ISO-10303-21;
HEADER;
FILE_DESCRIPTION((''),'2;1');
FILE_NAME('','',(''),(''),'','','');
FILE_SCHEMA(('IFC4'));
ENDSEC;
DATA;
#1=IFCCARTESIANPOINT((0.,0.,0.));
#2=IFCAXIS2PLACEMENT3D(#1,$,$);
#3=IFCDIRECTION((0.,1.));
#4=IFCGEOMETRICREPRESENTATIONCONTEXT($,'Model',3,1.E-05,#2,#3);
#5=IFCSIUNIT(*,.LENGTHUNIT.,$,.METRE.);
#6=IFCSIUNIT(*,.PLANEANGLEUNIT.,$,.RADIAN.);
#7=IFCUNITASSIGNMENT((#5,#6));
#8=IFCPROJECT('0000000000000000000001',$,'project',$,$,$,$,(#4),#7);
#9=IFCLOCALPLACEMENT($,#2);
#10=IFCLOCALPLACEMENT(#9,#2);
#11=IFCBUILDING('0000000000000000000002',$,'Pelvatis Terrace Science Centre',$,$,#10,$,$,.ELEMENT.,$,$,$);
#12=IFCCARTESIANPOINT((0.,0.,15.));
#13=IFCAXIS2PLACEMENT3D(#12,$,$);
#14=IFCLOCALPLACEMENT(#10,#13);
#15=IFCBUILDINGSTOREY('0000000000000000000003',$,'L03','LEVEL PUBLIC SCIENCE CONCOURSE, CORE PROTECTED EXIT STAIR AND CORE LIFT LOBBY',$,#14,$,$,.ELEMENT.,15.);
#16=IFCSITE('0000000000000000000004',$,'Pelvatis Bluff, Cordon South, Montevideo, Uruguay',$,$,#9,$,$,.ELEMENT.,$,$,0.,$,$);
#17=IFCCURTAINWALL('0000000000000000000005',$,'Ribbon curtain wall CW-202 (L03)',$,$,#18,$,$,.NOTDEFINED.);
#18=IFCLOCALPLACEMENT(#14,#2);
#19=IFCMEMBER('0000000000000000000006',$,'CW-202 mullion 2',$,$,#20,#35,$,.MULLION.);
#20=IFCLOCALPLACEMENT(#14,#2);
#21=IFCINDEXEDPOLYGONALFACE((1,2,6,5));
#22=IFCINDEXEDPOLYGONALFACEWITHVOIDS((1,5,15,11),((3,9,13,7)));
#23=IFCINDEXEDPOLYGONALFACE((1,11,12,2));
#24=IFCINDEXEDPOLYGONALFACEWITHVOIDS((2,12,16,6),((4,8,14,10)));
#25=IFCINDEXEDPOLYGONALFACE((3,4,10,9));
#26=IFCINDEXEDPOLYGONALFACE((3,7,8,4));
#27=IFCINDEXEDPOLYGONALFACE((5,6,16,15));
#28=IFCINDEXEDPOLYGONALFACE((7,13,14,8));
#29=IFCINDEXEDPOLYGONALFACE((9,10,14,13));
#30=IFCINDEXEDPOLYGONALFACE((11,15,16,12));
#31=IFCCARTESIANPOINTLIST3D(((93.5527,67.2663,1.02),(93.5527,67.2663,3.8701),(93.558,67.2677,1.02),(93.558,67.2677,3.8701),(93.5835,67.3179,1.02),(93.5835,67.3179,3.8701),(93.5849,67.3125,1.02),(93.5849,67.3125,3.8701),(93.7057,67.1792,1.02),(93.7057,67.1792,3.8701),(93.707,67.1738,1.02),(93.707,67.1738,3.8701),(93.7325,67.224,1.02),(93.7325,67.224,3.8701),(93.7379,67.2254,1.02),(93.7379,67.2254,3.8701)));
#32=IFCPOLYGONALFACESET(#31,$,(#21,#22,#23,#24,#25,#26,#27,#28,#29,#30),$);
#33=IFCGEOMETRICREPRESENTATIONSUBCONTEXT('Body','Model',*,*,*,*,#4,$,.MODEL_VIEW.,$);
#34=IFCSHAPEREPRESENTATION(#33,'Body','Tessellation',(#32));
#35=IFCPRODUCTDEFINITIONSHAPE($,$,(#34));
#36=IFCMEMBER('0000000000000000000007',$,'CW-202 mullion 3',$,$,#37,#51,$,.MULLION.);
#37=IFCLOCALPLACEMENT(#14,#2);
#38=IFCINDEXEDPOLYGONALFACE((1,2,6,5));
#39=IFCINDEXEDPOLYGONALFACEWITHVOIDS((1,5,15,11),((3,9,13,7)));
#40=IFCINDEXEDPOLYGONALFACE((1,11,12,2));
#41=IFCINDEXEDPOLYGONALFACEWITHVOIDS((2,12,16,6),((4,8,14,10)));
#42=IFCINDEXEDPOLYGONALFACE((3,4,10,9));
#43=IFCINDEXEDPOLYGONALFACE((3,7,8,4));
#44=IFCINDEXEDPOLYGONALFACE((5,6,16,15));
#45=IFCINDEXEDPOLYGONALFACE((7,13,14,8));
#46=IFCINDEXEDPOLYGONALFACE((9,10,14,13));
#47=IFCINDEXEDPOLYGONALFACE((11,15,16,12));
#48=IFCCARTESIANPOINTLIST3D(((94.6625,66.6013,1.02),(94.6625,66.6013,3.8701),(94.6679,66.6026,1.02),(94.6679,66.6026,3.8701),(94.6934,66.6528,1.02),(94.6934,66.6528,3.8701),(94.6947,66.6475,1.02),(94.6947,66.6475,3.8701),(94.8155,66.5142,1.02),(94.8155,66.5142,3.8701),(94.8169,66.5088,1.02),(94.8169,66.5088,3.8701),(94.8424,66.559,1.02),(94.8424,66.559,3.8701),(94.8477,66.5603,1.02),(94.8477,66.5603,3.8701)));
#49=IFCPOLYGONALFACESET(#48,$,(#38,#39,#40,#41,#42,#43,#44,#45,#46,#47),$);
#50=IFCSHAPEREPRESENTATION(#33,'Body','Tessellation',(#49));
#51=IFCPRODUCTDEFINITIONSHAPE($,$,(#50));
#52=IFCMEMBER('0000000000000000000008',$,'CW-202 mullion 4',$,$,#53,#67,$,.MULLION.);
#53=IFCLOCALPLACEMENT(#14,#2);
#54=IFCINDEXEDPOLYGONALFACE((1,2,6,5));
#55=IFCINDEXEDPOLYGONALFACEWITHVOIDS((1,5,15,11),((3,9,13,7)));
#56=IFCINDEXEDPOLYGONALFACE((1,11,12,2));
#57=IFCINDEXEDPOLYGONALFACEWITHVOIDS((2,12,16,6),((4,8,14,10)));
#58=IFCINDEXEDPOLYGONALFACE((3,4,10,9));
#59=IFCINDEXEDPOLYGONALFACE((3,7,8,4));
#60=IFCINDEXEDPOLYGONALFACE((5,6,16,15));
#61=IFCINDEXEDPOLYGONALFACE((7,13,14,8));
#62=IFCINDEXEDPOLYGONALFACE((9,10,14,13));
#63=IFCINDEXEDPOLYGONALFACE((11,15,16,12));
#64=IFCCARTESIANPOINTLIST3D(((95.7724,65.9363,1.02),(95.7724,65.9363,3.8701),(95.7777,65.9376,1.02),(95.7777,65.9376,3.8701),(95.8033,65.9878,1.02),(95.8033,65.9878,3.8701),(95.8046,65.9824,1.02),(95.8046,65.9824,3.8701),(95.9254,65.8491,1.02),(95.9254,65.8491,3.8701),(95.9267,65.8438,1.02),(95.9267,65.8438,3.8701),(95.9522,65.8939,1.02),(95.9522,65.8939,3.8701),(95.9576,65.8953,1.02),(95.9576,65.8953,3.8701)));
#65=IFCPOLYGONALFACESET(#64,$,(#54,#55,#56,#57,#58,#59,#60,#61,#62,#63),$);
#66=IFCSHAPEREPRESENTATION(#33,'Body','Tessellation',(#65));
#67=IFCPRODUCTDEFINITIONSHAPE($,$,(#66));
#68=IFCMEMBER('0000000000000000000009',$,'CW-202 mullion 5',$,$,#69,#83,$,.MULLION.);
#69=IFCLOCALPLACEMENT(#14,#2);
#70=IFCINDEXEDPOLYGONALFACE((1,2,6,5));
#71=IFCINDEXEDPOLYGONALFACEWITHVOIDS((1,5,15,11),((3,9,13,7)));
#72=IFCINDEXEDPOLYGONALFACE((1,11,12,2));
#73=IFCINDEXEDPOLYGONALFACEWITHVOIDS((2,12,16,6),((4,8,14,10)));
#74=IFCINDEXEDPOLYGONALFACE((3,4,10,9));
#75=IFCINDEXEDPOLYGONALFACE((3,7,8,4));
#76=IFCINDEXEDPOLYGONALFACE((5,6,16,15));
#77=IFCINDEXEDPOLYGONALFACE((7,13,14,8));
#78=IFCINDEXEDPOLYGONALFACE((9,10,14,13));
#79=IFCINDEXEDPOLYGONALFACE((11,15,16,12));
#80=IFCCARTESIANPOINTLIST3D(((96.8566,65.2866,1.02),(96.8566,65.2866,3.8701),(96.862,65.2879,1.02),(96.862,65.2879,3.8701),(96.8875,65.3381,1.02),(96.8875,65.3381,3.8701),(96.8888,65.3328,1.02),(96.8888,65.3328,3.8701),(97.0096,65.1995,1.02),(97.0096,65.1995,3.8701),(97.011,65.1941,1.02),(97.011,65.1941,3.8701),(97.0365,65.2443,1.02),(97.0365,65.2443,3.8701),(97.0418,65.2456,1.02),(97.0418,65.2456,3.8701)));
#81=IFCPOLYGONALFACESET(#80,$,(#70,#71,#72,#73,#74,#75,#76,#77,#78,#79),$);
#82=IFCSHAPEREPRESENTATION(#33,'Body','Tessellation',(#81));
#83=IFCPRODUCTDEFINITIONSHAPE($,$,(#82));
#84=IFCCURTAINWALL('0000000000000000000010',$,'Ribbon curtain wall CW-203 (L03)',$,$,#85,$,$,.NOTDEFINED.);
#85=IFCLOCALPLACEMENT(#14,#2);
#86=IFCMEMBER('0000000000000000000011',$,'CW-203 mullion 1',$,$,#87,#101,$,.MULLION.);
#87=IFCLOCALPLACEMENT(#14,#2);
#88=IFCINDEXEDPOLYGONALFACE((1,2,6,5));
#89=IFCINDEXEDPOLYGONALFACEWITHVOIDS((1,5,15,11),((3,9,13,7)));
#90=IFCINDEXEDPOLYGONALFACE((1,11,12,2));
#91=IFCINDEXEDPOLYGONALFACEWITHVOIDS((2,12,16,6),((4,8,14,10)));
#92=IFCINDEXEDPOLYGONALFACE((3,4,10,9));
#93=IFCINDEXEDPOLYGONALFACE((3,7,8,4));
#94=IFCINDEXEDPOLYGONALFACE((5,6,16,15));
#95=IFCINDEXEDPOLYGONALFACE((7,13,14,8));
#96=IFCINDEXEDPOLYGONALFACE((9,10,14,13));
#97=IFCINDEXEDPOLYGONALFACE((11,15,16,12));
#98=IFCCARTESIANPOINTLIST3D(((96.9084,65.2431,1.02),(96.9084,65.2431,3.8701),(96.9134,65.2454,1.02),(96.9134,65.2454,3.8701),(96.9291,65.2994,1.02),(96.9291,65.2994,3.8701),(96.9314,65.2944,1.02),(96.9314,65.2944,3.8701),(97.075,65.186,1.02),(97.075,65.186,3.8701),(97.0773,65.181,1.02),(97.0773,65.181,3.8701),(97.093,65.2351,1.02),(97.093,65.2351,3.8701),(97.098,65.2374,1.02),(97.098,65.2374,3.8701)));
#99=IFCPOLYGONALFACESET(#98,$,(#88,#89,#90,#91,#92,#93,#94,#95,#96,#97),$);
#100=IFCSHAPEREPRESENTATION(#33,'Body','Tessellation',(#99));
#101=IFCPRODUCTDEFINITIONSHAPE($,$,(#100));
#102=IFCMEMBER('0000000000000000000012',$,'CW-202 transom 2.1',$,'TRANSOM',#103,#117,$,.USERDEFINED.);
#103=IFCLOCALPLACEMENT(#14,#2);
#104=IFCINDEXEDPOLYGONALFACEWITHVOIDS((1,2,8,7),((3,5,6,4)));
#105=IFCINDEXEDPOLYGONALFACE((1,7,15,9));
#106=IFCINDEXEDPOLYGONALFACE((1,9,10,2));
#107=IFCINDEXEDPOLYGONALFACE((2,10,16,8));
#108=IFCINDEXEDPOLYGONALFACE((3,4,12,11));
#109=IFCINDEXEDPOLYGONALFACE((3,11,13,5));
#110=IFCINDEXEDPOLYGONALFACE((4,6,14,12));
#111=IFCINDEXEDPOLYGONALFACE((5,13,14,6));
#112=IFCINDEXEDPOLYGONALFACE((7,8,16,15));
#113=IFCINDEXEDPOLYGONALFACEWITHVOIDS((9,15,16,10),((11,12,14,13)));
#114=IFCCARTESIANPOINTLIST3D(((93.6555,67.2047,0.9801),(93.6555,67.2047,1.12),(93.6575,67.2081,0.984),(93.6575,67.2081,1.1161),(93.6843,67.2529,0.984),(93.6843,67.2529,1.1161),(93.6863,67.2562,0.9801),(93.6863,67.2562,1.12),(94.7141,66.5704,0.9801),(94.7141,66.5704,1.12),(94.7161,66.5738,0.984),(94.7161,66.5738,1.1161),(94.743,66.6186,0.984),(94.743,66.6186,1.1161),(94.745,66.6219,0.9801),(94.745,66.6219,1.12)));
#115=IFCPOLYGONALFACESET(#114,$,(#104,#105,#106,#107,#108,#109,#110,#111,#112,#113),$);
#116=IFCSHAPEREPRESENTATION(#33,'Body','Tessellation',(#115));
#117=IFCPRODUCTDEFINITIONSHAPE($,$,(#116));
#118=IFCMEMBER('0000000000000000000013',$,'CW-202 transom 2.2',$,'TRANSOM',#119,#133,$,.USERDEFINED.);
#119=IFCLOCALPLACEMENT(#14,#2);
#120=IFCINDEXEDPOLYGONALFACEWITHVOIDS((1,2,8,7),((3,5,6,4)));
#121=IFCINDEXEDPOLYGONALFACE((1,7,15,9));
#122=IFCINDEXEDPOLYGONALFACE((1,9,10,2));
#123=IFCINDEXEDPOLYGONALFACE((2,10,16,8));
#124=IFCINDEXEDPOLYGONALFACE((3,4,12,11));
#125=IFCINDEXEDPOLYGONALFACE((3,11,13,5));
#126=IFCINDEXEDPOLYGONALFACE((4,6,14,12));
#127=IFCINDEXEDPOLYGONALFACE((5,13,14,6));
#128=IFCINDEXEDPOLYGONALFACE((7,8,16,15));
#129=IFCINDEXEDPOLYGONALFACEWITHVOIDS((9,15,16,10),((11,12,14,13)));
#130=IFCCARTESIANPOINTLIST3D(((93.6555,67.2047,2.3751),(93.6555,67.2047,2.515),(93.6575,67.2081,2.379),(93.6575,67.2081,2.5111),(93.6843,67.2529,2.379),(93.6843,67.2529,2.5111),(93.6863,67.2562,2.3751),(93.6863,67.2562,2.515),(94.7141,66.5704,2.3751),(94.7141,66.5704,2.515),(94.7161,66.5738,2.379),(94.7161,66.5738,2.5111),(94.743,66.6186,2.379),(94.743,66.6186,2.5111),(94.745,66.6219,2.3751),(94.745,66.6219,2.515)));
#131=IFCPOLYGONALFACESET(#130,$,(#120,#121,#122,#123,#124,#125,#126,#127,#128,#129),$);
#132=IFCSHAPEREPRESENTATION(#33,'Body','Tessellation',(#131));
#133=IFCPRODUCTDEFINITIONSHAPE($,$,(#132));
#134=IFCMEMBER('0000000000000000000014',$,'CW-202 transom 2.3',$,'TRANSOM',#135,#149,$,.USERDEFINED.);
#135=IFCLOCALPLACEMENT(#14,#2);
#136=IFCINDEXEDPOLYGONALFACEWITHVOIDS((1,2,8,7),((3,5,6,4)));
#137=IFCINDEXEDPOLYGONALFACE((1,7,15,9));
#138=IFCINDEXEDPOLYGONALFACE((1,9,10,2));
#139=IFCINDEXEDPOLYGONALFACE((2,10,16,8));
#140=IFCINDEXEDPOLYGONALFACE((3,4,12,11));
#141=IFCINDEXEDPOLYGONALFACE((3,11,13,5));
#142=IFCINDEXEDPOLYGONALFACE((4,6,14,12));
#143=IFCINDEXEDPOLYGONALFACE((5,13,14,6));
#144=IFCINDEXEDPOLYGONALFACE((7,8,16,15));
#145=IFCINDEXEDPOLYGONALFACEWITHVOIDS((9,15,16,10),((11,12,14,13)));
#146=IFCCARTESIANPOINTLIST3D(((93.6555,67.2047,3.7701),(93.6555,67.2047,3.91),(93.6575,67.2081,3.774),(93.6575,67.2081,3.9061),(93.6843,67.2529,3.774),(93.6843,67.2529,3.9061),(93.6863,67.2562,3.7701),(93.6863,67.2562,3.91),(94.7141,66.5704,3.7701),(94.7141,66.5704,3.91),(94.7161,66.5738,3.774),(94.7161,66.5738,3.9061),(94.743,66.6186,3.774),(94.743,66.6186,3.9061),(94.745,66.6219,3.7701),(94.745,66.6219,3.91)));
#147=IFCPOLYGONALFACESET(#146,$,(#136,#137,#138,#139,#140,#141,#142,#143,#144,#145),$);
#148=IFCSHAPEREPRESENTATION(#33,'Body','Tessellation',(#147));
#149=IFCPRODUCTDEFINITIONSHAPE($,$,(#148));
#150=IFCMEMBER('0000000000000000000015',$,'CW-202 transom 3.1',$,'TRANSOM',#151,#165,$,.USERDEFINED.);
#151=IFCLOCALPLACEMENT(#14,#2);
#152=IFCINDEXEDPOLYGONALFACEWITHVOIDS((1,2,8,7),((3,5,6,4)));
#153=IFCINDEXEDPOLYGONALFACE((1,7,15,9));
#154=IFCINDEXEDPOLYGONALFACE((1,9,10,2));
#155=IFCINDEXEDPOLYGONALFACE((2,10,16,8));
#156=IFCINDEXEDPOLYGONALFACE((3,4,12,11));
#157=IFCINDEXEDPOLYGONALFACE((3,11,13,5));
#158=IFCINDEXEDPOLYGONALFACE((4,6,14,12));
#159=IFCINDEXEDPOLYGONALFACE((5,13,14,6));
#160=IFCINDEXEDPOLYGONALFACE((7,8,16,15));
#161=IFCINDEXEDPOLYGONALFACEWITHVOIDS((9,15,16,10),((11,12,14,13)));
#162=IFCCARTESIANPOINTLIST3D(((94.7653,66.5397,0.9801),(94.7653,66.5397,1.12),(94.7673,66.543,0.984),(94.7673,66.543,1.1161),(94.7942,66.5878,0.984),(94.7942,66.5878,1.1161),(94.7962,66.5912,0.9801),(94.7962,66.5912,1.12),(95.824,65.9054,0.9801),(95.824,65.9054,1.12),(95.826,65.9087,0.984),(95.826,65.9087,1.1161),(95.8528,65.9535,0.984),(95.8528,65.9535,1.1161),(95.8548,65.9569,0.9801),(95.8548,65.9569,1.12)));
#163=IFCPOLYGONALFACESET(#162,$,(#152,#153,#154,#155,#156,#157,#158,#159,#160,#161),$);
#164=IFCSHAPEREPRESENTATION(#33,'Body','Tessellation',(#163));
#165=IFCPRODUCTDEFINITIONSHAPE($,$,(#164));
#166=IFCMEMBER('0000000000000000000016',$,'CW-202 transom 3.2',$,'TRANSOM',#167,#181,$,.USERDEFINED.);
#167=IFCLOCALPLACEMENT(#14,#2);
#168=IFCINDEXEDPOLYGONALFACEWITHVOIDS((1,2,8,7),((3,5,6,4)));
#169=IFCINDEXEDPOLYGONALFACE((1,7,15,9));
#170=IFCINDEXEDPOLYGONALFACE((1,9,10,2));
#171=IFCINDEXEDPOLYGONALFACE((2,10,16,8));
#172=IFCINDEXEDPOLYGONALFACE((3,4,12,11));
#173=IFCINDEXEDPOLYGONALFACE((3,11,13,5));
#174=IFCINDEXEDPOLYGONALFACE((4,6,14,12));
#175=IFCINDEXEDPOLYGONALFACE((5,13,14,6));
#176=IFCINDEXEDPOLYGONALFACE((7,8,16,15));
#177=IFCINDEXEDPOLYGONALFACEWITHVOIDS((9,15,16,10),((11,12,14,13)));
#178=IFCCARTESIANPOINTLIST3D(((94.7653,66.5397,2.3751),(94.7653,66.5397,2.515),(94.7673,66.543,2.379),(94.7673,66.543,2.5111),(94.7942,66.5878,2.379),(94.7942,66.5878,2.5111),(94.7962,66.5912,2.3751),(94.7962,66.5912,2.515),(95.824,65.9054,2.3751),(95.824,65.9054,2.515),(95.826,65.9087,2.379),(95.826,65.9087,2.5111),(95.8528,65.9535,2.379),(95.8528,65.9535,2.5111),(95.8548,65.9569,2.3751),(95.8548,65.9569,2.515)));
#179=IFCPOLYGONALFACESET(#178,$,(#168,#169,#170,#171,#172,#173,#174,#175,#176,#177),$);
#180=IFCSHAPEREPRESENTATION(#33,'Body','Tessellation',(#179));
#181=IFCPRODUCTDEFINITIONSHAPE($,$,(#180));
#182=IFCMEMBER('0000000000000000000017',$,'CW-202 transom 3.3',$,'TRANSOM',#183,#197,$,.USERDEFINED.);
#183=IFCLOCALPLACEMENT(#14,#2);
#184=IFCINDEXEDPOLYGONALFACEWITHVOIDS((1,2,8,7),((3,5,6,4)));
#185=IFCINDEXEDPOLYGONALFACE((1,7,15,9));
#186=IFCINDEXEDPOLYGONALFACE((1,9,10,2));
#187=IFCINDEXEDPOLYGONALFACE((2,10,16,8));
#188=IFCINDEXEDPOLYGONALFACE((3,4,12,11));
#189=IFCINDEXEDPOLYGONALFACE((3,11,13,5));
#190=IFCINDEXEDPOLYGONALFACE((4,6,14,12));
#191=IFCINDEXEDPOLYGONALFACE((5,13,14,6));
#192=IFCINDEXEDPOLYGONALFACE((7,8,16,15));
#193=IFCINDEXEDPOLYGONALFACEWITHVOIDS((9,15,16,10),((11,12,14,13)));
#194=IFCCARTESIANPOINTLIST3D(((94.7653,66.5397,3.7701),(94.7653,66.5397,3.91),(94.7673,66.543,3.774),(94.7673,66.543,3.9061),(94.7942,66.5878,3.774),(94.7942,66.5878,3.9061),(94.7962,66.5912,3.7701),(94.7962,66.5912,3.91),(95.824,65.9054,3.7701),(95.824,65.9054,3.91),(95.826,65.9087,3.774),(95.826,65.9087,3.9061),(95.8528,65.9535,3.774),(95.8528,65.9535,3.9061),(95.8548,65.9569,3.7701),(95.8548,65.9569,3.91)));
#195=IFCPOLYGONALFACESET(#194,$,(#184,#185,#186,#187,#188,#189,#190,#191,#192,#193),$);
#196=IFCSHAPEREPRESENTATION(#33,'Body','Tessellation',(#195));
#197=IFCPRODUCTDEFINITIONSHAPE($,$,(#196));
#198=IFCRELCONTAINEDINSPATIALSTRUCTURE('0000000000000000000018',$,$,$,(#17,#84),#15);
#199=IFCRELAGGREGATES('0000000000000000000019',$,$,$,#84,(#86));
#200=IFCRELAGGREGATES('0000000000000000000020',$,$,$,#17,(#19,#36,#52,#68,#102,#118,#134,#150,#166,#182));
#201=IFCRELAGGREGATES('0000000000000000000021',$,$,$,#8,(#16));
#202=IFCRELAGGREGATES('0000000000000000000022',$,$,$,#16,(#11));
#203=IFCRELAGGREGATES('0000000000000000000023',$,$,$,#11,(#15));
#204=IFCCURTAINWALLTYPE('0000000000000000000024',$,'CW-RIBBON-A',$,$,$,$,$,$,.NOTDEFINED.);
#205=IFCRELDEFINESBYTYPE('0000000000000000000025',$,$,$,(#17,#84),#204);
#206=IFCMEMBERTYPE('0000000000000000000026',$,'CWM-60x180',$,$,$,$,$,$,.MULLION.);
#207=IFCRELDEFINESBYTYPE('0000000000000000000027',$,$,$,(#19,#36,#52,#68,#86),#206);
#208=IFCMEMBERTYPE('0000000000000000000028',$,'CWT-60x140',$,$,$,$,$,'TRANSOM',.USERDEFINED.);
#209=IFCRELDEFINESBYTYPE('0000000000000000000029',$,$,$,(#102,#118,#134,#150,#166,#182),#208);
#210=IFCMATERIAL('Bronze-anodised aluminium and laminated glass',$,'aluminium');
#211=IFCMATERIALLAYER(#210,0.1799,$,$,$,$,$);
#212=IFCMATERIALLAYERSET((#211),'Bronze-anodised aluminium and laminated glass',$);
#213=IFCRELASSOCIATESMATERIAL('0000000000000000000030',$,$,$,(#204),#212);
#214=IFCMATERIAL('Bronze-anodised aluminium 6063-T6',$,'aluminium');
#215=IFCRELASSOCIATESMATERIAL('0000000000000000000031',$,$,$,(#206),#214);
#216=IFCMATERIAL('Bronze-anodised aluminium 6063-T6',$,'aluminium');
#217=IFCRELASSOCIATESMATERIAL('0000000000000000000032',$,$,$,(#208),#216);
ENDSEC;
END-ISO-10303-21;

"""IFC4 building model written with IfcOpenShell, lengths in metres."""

from ifc_helpers import new_model, si_unit, direction, frame, origin, origin_2d, place, context, subcontext, project, spatial, hollow_rectangle, extrude, material, layer, layer_set, material_profile, profile_set, type_object, element, aggregate, save


model = new_model("IFC4")

# Units and contexts
model_context = context("Model", 3, precision=1e-05, world=origin(), true_north=direction((0.0, 1.0)))
body_context = subcontext(model_context, "Body", "Model", "MODEL_VIEW")
ifc_project = project(units=[si_unit("LENGTHUNIT", "METRE"), si_unit("PLANEANGLEUNIT", "RADIAN")], contexts=[model_context])

# Site, building, storey
site_placement = place(None, origin())
site = spatial("IfcSite", under=ifc_project, at=site_placement, Name="Pelvatis Bluff, Cordon South, Montevideo, Uruguay", CompositionType="ELEMENT", RefElevation=0.0)
building_placement = place(site_placement, origin())
building = spatial("IfcBuilding", under=site, at=building_placement, Name="Pelvatis Terrace Science Centre", CompositionType="ELEMENT")
storey_placement = place(building_placement, frame((0.0, 0.0, 15.0)))
storey = spatial("IfcBuildingStorey", under=building, at=storey_placement, Name="L03", Description="LEVEL PUBLIC SCIENCE CONCOURSE, CORE PROTECTED EXIT STAIR AND CORE LIFT LOBBY", CompositionType="ELEMENT", Elevation=15.0)

# Curtain wall, members
ifc_material_1 = material(Name="Bronze-anodised aluminium and laminated glass", Category="aluminium")
ifc_layer_1 = layer(ifc_material_1, 0.1799)
ifc_layer_set_1 = layer_set([ifc_layer_1], Name="Bronze-anodised aluminium and laminated glass")
curtain_wall_type = type_object("IfcCurtainWallType", Name="CW-RIBBON-A", PredefinedType="NOTDEFINED", material=ifc_layer_set_1)
curtain_wall_1_placement = place(storey_placement, origin())
curtain_wall_1 = element("IfcCurtainWall", 1, at=curtain_wall_1_placement, inside=storey, type_object=curtain_wall_type, Name="Ribbon curtain wall CW-202 (L03)", PredefinedType="NOTDEFINED")
ifc_material_2 = material(Name="Bronze-anodised aluminium 6063-T6", Category="aluminium")
ifc_material_profile_1 = material_profile(ifc_material_2, hollow_rectangle(XDim=0.0601, YDim=0.1799, WallThickness=0.0039, at=origin_2d()), Name="ALU-MUL 60x180")
ifc_profile_set_1 = profile_set([ifc_material_profile_1], Name="Bronze-anodised aluminium 6063-T6")
member_type_1 = type_object("IfcMemberType", Name="CWM-60x180", PredefinedType="MULLION", material=ifc_profile_set_1)
member_1_placement = place(storey_placement, frame((93.6453, 67.2458, 1.02), z_axis=(0.0, 0.0, 1.0), x_axis=(0.513996, 0.857793, 0.0)))
member_1 = element("IfcMember", 2, at=member_1_placement, type_object=member_type_1, Name="CW-202 mullion 2", PredefinedType="MULLION", context=body_context, shape_type="SweptSolid", body=[
    extrude(hollow_rectangle(XDim=0.0601, YDim=0.1799, WallThickness=0.0039, at=origin_2d()), origin(), (0.0, 0.0, 1.0), 2.8501),
])
member_2_placement = place(storey_placement, frame((94.7551, 66.5808, 1.02), z_axis=(0.0, 0.0, 1.0), x_axis=(0.513996, 0.857793, 0.0)))
member_2 = element("IfcMember", 3, at=member_2_placement, type_object=member_type_1, Name="CW-202 mullion 3", PredefinedType="MULLION", context=body_context, shape_type="SweptSolid", body=[
    extrude(hollow_rectangle(XDim=0.0601, YDim=0.1799, WallThickness=0.0039, at=origin_2d()), origin(), (0.0, 0.0, 1.0), 2.8501),
])
member_3_placement = place(storey_placement, frame((95.865, 65.9158, 1.02), z_axis=(0.0, 0.0, 1.0), x_axis=(0.513996, 0.857793, 0.0)))
member_3 = element("IfcMember", 4, at=member_3_placement, type_object=member_type_1, Name="CW-202 mullion 4", PredefinedType="MULLION", context=body_context, shape_type="SweptSolid", body=[
    extrude(hollow_rectangle(XDim=0.0601, YDim=0.1799, WallThickness=0.0039, at=origin_2d()), origin(), (0.0, 0.0, 1.0), 2.8501),
])
member_4_placement = place(storey_placement, frame((96.9492, 65.2661, 1.02), z_axis=(0.0, 0.0, 1.0), x_axis=(0.513996, 0.857793, 0.0)))
member_4 = element("IfcMember", 5, at=member_4_placement, type_object=member_type_1, Name="CW-202 mullion 5", PredefinedType="MULLION", context=body_context, shape_type="SweptSolid", body=[
    extrude(hollow_rectangle(XDim=0.0601, YDim=0.1799, WallThickness=0.0039, at=origin_2d()), origin(), (0.0, 0.0, 1.0), 2.8501),
])

# Curtain wall, member
curtain_wall_2_placement = place(storey_placement, origin())
curtain_wall_2 = element("IfcCurtainWall", 6, at=curtain_wall_2_placement, inside=storey, type_object=curtain_wall_type, Name="Ribbon curtain wall CW-203 (L03)", PredefinedType="NOTDEFINED")
member_5_placement = place(storey_placement, frame((97.0032, 65.2402, 1.02), z_axis=(0.0, 0.0, 1.0), x_axis=(0.344715, 0.938707, 0.0)))
member_5 = element("IfcMember", 7, at=member_5_placement, type_object=member_type_1, Name="CW-203 mullion 1", PredefinedType="MULLION", context=body_context, shape_type="SweptSolid", body=[
    extrude(hollow_rectangle(XDim=0.0601, YDim=0.1799, WallThickness=0.0039, at=origin_2d()), origin(), (0.0, 0.0, 1.0), 2.8501),
])

# Members
ifc_material_3 = material(Name="Bronze-anodised aluminium 6063-T6", Category="aluminium")
ifc_material_profile_2 = material_profile(ifc_material_3, hollow_rectangle(XDim=0.0601, YDim=0.1399, WallThickness=0.0039, at=origin_2d()), Name="ALU-TRN 60x140")
ifc_profile_set_2 = profile_set([ifc_material_profile_2], Name="Bronze-anodised aluminium 6063-T6")
member_type_2 = type_object("IfcMemberType", Name="CWT-60x140", ElementType="TRANSOM", PredefinedType="USERDEFINED", material=ifc_profile_set_2)
member_6_placement = place(storey_placement, frame((93.6709, 67.2305, 1.05), z_axis=(0.857807, -0.513972, 0.0), x_axis=(0.513972, 0.857807, 0.0)))
member_6 = element("IfcMember", 8, at=member_6_placement, type_object=member_type_2, Name="CW-202 transom 2.1", ObjectType="TRANSOM", PredefinedType="USERDEFINED", context=body_context, shape_type="SweptSolid", body=[
    extrude(hollow_rectangle(XDim=0.0601, YDim=0.1399, WallThickness=0.0039, at=origin_2d()), origin(), (0.0, 0.0, 1.0), 1.2341),
])
member_7_placement = place(storey_placement, frame((93.6709, 67.2305, 2.4451), z_axis=(0.857807, -0.513972, 0.0), x_axis=(0.513972, 0.857807, 0.0)))
member_7 = element("IfcMember", 9, at=member_7_placement, type_object=member_type_2, Name="CW-202 transom 2.2", ObjectType="TRANSOM", PredefinedType="USERDEFINED", context=body_context, shape_type="SweptSolid", body=[
    extrude(hollow_rectangle(XDim=0.0601, YDim=0.1399, WallThickness=0.0039, at=origin_2d()), origin(), (0.0, 0.0, 1.0), 1.2341),
])
member_8_placement = place(storey_placement, frame((93.6709, 67.2305, 3.8401), z_axis=(0.857807, -0.513972, 0.0), x_axis=(0.513972, 0.857807, 0.0)))
member_8 = element("IfcMember", 10, at=member_8_placement, type_object=member_type_2, Name="CW-202 transom 2.3", ObjectType="TRANSOM", PredefinedType="USERDEFINED", context=body_context, shape_type="SweptSolid", body=[
    extrude(hollow_rectangle(XDim=0.0601, YDim=0.1399, WallThickness=0.0039, at=origin_2d()), origin(), (0.0, 0.0, 1.0), 1.2341),
])
member_9_placement = place(storey_placement, frame((94.7808, 66.5654, 1.05), z_axis=(0.857807, -0.513972, 0.0), x_axis=(0.513972, 0.857807, 0.0)))
member_9 = element("IfcMember", 11, at=member_9_placement, type_object=member_type_2, Name="CW-202 transom 3.1", ObjectType="TRANSOM", PredefinedType="USERDEFINED", context=body_context, shape_type="SweptSolid", body=[
    extrude(hollow_rectangle(XDim=0.0601, YDim=0.1399, WallThickness=0.0039, at=origin_2d()), origin(), (0.0, 0.0, 1.0), 1.2341),
])
member_10_placement = place(storey_placement, frame((94.7808, 66.5654, 2.4451), z_axis=(0.857807, -0.513972, 0.0), x_axis=(0.513972, 0.857807, 0.0)))
member_10 = element("IfcMember", 12, at=member_10_placement, type_object=member_type_2, Name="CW-202 transom 3.2", ObjectType="TRANSOM", PredefinedType="USERDEFINED", context=body_context, shape_type="SweptSolid", body=[
    extrude(hollow_rectangle(XDim=0.0601, YDim=0.1399, WallThickness=0.0039, at=origin_2d()), origin(), (0.0, 0.0, 1.0), 1.2341),
])
member_11_placement = place(storey_placement, frame((94.7808, 66.5654, 3.8401), z_axis=(0.857807, -0.513972, 0.0), x_axis=(0.513972, 0.857807, 0.0)))
member_11 = element("IfcMember", 13, at=member_11_placement, type_object=member_type_2, Name="CW-202 transom 3.3", ObjectType="TRANSOM", PredefinedType="USERDEFINED", context=body_context, shape_type="SweptSolid", body=[
    extrude(hollow_rectangle(XDim=0.0601, YDim=0.1399, WallThickness=0.0039, at=origin_2d()), origin(), (0.0, 0.0, 1.0), 1.2341),
])
aggregate(curtain_wall_2, [member_5])

aggregate(curtain_wall_1, [member_1, member_2, member_3, member_4, member_6, member_7, member_8, member_9, member_10, member_11])

save(model, "model.ifc")
